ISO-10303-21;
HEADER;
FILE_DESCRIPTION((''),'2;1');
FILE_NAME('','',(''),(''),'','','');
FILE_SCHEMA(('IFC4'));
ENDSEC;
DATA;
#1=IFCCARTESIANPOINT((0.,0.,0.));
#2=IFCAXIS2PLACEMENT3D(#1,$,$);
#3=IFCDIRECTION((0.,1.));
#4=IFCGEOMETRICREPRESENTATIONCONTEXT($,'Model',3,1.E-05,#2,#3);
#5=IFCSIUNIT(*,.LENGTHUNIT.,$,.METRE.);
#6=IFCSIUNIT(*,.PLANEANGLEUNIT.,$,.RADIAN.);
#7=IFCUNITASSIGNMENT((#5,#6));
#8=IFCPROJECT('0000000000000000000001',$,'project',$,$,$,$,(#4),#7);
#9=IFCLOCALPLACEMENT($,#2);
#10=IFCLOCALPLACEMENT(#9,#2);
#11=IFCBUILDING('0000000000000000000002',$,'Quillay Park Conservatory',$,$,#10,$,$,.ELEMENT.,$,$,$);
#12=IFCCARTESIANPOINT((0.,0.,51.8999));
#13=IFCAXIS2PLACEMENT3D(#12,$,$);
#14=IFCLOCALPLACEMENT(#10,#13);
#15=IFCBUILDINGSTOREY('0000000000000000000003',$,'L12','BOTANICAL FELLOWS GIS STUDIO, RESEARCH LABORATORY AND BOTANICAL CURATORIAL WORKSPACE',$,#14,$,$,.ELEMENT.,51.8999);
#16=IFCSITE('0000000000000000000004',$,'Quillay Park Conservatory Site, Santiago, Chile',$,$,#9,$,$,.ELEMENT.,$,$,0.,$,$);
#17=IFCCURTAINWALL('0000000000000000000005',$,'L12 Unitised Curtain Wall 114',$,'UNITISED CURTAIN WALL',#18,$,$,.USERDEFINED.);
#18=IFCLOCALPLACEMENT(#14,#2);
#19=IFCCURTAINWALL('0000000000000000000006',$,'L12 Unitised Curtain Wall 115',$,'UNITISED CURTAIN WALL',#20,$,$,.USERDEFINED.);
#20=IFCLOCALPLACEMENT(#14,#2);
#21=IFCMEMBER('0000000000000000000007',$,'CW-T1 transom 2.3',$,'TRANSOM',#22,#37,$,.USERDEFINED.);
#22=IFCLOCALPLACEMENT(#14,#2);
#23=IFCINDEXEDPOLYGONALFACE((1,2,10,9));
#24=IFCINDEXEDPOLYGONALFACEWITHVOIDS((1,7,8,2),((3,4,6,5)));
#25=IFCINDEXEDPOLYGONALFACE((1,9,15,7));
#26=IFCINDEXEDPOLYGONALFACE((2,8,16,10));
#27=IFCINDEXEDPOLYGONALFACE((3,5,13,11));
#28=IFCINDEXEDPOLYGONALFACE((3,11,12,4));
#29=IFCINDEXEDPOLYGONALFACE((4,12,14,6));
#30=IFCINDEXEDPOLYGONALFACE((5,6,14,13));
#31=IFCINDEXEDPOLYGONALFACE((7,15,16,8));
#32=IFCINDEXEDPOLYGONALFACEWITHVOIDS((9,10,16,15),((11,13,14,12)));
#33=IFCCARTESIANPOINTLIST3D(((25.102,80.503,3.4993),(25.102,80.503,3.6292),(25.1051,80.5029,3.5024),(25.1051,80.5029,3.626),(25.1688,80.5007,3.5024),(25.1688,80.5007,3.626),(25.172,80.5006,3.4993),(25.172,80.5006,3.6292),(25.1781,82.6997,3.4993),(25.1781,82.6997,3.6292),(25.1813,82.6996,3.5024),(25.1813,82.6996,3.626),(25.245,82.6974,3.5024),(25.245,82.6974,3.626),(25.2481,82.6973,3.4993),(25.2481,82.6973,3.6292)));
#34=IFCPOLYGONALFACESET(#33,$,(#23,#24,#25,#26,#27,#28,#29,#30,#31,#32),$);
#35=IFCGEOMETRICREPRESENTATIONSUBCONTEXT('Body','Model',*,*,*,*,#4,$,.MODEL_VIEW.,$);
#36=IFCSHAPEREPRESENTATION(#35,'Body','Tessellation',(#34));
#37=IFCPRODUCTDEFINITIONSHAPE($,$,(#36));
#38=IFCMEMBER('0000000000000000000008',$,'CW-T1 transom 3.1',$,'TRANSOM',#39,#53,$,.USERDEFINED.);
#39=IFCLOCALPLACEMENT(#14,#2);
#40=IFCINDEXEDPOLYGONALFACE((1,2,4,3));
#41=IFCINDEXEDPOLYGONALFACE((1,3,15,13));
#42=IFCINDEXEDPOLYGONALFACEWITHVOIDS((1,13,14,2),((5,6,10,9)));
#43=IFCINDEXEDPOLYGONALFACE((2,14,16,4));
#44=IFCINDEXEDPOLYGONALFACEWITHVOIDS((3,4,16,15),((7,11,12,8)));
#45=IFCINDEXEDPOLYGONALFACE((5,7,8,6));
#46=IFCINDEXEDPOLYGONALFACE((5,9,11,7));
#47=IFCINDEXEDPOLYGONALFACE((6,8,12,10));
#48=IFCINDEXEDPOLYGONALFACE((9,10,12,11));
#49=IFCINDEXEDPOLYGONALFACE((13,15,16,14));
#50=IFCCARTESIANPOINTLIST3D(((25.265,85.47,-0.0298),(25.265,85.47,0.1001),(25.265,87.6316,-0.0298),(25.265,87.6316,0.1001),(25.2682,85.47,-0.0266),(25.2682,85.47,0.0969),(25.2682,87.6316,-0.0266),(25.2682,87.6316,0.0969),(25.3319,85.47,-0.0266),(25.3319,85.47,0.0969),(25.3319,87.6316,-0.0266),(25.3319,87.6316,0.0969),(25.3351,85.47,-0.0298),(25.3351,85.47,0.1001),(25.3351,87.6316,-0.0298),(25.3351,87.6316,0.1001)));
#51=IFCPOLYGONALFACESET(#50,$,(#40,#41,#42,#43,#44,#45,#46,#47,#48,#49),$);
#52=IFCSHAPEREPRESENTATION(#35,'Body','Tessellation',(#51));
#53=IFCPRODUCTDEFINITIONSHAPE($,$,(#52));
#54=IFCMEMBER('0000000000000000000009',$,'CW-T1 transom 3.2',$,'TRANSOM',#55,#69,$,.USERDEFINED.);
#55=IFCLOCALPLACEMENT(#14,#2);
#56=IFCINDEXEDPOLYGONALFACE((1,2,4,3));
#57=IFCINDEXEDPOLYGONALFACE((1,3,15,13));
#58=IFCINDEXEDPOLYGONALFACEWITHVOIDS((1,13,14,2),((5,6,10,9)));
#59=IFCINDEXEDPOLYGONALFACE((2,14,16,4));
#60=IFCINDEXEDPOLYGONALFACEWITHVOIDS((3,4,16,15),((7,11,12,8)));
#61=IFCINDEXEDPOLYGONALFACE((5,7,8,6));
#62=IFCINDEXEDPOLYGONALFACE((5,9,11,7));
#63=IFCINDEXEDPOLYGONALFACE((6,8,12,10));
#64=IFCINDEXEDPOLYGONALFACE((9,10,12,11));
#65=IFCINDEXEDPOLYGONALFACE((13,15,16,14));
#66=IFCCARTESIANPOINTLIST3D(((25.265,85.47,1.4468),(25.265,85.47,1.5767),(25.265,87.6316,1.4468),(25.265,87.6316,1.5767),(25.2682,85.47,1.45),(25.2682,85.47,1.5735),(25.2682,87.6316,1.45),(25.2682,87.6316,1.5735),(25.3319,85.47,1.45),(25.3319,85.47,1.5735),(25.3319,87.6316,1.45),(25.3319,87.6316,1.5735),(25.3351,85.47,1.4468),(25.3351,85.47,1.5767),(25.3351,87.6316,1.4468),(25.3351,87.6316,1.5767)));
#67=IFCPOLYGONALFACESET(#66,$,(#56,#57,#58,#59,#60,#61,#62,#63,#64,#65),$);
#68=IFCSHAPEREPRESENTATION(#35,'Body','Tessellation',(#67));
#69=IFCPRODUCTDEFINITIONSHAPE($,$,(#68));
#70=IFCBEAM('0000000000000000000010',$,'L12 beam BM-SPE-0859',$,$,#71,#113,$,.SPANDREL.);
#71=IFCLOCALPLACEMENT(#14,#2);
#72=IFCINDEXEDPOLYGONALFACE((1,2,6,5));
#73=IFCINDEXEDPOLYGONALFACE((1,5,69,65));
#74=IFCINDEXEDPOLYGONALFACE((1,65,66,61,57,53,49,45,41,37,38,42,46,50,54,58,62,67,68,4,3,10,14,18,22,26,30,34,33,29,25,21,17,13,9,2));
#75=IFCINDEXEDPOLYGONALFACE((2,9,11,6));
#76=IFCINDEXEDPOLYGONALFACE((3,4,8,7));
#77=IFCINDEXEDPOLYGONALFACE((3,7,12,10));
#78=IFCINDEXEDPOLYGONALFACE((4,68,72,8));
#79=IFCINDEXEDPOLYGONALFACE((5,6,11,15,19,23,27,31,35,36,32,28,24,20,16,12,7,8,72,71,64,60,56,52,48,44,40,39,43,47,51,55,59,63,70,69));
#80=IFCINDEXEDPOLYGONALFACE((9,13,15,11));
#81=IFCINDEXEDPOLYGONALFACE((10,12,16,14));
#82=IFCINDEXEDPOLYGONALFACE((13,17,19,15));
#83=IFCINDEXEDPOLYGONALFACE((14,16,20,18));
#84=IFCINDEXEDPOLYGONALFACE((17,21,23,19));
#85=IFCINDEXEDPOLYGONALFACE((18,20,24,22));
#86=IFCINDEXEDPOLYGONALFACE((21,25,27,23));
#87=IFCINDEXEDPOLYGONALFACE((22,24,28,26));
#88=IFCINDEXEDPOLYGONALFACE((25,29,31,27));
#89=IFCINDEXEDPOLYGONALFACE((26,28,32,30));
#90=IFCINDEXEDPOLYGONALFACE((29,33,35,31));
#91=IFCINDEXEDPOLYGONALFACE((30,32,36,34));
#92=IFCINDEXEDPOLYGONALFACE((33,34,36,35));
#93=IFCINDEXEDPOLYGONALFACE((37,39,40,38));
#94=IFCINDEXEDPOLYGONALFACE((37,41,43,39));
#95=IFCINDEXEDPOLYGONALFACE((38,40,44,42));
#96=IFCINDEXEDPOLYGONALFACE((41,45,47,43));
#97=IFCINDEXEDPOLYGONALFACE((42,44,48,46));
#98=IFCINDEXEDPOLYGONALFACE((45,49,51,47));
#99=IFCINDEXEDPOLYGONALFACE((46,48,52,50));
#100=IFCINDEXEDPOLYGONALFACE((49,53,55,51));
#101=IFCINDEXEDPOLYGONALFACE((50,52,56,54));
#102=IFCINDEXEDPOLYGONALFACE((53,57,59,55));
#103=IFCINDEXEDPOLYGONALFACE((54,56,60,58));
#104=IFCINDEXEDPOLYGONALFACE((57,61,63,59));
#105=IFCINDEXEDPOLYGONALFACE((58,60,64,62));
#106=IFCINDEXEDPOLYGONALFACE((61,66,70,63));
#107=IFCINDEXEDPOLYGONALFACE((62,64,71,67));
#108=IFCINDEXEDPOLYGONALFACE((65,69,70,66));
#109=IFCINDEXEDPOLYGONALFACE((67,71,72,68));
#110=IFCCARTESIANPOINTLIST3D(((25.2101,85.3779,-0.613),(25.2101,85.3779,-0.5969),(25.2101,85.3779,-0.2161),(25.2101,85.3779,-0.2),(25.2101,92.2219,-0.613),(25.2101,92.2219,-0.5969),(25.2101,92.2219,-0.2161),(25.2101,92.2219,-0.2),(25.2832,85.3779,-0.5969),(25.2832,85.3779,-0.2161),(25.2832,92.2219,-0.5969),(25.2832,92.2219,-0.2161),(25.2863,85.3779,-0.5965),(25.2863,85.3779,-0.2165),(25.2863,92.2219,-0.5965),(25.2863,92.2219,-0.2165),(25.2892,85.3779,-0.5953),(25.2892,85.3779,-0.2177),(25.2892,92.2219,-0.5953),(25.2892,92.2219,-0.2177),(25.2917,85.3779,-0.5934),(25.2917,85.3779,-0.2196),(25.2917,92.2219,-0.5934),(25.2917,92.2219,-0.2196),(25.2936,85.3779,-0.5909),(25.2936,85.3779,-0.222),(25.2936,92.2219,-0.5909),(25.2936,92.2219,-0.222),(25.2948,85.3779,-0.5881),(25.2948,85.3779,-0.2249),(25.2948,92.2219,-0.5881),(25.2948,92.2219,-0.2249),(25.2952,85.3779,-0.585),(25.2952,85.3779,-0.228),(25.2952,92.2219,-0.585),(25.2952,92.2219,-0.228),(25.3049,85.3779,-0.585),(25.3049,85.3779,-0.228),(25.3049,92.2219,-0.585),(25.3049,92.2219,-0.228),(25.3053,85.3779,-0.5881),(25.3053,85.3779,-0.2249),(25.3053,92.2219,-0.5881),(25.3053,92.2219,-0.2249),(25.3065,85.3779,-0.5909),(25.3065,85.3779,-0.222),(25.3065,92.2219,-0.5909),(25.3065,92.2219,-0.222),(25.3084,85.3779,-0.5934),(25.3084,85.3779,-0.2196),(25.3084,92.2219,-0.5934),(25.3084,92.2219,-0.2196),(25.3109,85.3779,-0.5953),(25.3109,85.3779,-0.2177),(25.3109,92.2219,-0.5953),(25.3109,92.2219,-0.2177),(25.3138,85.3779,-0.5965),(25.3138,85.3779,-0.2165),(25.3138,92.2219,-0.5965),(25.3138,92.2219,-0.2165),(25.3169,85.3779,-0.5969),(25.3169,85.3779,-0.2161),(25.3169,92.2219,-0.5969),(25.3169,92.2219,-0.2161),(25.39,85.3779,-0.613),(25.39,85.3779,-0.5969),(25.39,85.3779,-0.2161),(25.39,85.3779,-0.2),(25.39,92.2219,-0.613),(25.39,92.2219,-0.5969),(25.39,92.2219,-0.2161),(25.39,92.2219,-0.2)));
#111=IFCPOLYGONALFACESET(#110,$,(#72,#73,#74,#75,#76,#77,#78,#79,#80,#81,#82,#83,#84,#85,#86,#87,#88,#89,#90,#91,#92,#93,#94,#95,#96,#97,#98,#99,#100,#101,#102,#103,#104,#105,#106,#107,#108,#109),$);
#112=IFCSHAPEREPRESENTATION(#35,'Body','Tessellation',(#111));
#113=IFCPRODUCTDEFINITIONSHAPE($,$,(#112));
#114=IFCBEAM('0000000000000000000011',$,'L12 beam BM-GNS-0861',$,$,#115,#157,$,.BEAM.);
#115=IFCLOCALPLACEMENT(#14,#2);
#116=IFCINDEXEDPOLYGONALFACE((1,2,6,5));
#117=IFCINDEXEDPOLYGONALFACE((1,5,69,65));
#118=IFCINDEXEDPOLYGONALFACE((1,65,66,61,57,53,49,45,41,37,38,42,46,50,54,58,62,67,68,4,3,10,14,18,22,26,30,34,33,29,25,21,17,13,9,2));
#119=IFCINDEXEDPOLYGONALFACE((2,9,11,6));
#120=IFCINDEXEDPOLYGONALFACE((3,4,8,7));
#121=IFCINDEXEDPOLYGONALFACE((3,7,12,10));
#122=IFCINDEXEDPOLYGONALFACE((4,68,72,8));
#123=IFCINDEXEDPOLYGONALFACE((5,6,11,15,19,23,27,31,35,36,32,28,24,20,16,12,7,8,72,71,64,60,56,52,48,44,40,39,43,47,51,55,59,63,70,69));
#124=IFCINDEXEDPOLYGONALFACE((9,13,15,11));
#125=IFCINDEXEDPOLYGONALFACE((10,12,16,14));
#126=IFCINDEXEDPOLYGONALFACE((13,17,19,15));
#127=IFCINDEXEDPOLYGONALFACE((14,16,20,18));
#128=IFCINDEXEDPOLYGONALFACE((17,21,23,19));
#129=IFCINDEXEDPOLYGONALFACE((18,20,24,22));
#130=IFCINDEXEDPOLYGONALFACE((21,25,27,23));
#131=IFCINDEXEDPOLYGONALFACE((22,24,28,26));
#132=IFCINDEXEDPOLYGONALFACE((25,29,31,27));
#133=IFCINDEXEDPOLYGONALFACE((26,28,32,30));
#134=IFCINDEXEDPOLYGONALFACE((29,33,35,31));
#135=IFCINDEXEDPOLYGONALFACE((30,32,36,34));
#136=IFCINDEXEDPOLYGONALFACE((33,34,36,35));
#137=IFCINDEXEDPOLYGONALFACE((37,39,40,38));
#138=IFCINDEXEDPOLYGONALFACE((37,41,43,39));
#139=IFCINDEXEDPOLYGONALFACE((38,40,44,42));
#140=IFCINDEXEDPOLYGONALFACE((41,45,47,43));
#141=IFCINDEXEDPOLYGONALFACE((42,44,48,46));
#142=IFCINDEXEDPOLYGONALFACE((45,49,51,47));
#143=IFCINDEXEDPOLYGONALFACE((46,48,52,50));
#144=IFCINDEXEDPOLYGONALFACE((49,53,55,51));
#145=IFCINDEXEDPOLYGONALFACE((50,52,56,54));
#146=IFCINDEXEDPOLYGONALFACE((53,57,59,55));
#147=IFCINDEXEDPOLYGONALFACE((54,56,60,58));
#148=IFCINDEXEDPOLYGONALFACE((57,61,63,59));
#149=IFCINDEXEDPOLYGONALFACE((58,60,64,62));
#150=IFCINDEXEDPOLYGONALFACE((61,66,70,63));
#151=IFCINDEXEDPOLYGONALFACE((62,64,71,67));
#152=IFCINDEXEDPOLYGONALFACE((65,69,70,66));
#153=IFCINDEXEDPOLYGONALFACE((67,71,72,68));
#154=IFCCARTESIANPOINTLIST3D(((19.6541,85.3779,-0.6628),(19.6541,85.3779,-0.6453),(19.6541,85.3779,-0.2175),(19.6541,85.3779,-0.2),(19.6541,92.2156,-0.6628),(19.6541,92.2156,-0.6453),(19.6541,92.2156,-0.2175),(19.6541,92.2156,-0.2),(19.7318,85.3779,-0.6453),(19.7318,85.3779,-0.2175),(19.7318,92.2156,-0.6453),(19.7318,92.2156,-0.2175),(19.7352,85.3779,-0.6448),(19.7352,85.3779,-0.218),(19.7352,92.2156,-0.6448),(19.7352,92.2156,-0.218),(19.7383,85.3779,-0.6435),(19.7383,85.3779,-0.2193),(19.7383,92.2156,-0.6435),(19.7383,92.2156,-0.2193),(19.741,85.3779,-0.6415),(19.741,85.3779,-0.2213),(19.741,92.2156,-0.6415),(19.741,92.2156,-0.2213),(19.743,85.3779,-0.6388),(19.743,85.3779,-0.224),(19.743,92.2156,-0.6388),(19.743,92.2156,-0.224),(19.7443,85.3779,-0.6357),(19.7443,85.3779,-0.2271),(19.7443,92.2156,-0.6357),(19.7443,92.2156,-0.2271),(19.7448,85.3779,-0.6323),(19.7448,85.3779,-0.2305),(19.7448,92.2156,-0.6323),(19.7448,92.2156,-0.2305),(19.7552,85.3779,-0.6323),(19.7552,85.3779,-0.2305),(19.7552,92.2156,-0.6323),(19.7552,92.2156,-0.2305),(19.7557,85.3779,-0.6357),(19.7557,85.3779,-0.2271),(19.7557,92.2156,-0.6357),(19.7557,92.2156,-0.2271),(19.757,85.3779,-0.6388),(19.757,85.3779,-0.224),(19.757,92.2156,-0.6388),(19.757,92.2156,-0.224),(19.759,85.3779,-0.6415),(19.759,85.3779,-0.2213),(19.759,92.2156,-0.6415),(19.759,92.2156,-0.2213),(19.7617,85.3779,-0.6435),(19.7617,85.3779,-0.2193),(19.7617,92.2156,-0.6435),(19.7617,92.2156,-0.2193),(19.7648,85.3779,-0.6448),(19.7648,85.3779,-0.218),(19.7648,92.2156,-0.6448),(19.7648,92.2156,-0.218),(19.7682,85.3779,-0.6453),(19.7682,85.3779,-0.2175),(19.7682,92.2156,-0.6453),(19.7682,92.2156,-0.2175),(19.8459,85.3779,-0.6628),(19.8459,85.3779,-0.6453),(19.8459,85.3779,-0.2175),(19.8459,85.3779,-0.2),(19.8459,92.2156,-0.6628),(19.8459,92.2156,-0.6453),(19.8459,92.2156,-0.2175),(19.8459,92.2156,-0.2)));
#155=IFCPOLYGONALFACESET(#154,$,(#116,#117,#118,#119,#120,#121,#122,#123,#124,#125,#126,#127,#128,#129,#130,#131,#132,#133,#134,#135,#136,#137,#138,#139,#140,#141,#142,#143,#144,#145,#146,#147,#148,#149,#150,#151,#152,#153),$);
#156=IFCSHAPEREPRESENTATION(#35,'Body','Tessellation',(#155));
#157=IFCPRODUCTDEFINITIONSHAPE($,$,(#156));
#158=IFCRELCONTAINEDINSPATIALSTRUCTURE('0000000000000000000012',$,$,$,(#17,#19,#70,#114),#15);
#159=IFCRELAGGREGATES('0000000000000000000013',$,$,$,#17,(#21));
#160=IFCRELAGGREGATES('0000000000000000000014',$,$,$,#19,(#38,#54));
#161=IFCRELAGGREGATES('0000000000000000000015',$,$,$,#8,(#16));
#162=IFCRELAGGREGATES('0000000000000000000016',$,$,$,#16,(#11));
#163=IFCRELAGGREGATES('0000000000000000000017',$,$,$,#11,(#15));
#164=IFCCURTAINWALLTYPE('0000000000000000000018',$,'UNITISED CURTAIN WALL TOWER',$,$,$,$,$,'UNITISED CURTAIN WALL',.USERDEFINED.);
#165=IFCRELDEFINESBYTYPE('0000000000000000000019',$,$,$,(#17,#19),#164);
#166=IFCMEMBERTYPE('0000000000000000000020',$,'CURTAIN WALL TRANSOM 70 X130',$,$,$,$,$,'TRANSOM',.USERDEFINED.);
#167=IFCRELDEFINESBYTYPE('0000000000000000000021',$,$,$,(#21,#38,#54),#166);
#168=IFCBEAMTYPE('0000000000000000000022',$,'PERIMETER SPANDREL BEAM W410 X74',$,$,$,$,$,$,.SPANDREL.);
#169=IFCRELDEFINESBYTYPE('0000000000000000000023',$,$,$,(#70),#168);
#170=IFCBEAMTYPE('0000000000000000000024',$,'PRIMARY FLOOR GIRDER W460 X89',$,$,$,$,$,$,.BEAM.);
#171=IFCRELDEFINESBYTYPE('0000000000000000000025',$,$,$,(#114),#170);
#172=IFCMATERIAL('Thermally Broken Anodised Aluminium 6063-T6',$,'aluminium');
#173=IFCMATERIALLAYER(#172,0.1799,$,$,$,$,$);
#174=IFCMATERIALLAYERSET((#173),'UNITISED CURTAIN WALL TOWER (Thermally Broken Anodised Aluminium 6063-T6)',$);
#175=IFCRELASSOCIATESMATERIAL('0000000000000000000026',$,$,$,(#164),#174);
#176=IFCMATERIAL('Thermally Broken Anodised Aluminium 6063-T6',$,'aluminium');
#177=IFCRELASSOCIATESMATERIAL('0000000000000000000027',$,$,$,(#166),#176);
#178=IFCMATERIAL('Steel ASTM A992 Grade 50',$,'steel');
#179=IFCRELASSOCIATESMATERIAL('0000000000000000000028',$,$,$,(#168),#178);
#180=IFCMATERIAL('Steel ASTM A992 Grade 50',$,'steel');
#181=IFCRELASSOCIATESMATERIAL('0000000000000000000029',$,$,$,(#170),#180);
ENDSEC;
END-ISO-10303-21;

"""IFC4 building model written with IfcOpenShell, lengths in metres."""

from ifc_helpers import new_model, si_unit, direction, frame, origin, origin_2d, place, context, subcontext, project, spatial, hollow_rectangle, i_section, extrude, material, layer, layer_set, material_profile, profile_set, type_object, element, aggregate, save


model = new_model("IFC4")

# Units and contexts
model_context = context("Model", 3, precision=1e-05, world=origin(), true_north=direction((0.0, 1.0)))
body_context = subcontext(model_context, "Body", "Model", "MODEL_VIEW")
ifc_project = project(units=[si_unit("LENGTHUNIT", "METRE"), si_unit("PLANEANGLEUNIT", "RADIAN")], contexts=[model_context])

# Site, building, storey
site_placement = place(None, origin())
site = spatial("IfcSite", under=ifc_project, at=site_placement, Name="Quillay Park Conservatory Site, Santiago, Chile", CompositionType="ELEMENT", RefElevation=0.0)
building_placement = place(site_placement, origin())
building = spatial("IfcBuilding", under=site, at=building_placement, Name="Quillay Park Conservatory", CompositionType="ELEMENT")
storey_placement = place(building_placement, frame((0.0, 0.0, 51.8999)))
storey = spatial("IfcBuildingStorey", under=building, at=storey_placement, Name="L12", Description="BOTANICAL FELLOWS GIS STUDIO, RESEARCH LABORATORY AND BOTANICAL CURATORIAL WORKSPACE", CompositionType="ELEMENT", Elevation=51.8999)

# Curtain wall
ifc_material_1 = material(Name="Thermally Broken Anodised Aluminium 6063-T6", Category="aluminium")
ifc_layer_1 = layer(ifc_material_1, 0.1799)
ifc_layer_set_1 = layer_set([ifc_layer_1], Name="UNITISED CURTAIN WALL TOWER (Thermally Broken Anodised Aluminium 6063-T6)")
curtain_wall_type = type_object("IfcCurtainWallType", Name="UNITISED CURTAIN WALL TOWER", ElementType="UNITISED CURTAIN WALL", PredefinedType="USERDEFINED", material=ifc_layer_set_1)
curtain_wall_1_placement = place(storey_placement, origin())
curtain_wall_1 = element("IfcCurtainWall", 1, at=curtain_wall_1_placement, inside=storey, type_object=curtain_wall_type, Name="L12 Unitised Curtain Wall 114", ObjectType="UNITISED CURTAIN WALL", PredefinedType="USERDEFINED")

# Curtain wall
curtain_wall_2_placement = place(storey_placement, origin())
curtain_wall_2 = element("IfcCurtainWall", 2, at=curtain_wall_2_placement, inside=storey, type_object=curtain_wall_type, Name="L12 Unitised Curtain Wall 115", ObjectType="UNITISED CURTAIN WALL", PredefinedType="USERDEFINED")

# Members
ifc_material_2 = material(Name="Thermally Broken Anodised Aluminium 6063-T6", Category="aluminium")
ifc_material_profile_1 = material_profile(ifc_material_2, hollow_rectangle(XDim=0.0701, YDim=0.1299, WallThickness=0.0032, at=origin_2d()), Name="AL70x130x3.2")
ifc_profile_set_1 = profile_set([ifc_material_profile_1], Name="Thermally Broken Anodised Aluminium 6063-T6")
member_type_1 = type_object("IfcMemberType", Name="CURTAIN WALL TRANSOM 70 X130", ElementType="TRANSOM", PredefinedType="USERDEFINED", material=ifc_profile_set_1)
member_1_placement = place(storey_placement, frame((25.2131, 82.6985, 3.5642), z_axis=(-0.034654, -0.999399, 0.0), x_axis=(0.999399, -0.034654, 0.0)))
member_1 = element("IfcMember", 3, at=member_1_placement, type_object=member_type_1, Name="CW-T1 transom 2.3", ObjectType="TRANSOM", PredefinedType="USERDEFINED", context=body_context, shape_type="SweptSolid", body=[
    extrude(hollow_rectangle(XDim=0.0701, YDim=0.1299, WallThickness=0.0032, at=origin_2d()), origin(), (0.0, 0.0, 1.0), 2.198),
])
member_2_placement = place(storey_placement, frame((25.3, 87.6316, 0.0352), z_axis=(0.0, -1.0, 0.0), x_axis=(1.0, 0.0, 0.0)))
member_2 = element("IfcMember", 4, at=member_2_placement, type_object=member_type_1, Name="CW-T1 transom 3.1", ObjectType="TRANSOM", PredefinedType="USERDEFINED", context=body_context, shape_type="SweptSolid", body=[
    extrude(hollow_rectangle(XDim=0.0701, YDim=0.1299, WallThickness=0.0032, at=origin_2d()), origin(), (0.0, 0.0, 1.0), 2.1616),
])
member_3_placement = place(storey_placement, frame((25.3, 87.6316, 1.5117), z_axis=(0.0, -1.0, 0.0), x_axis=(1.0, 0.0, 0.0)))
member_3 = element("IfcMember", 5, at=member_3_placement, type_object=member_type_1, Name="CW-T1 transom 3.2", ObjectType="TRANSOM", PredefinedType="USERDEFINED", context=body_context, shape_type="SweptSolid", body=[
    extrude(hollow_rectangle(XDim=0.0701, YDim=0.1299, WallThickness=0.0032, at=origin_2d()), origin(), (0.0, 0.0, 1.0), 2.1616),
])

# Beams
ifc_material_3 = material(Name="Steel ASTM A992 Grade 50", Category="steel")
ifc_material_profile_2 = material_profile(ifc_material_3, i_section(OverallWidth=0.1799, OverallDepth=0.4131, WebThickness=0.0098, FlangeThickness=0.0161, FilletRadius=0.012, at=origin_2d()), Name="W410x74")
ifc_profile_set_2 = profile_set([ifc_material_profile_2], Name="Steel ASTM A992 Grade 50")
beam_type_1 = type_object("IfcBeamType", Name="PERIMETER SPANDREL BEAM W410 X74", PredefinedType="SPANDREL", material=ifc_profile_set_2)
beam_1_placement = place(storey_placement, frame((25.3, 85.3779, -0.4065), z_axis=(0.0, 1.0, 0.0), x_axis=(-1.0, 0.0, 0.0)))
element("IfcBeam", 6, at=beam_1_placement, inside=storey, type_object=beam_type_1, Name="L12 beam BM-SPE-0859", PredefinedType="SPANDREL", context=body_context, shape_type="SweptSolid", body=[
    extrude(i_section(OverallWidth=0.1799, OverallDepth=0.4131, WebThickness=0.0098, FlangeThickness=0.0161, FilletRadius=0.012, at=origin_2d()), origin(), (0.0, 0.0, 1.0), 6.844),
])
ifc_material_4 = material(Name="Steel ASTM A992 Grade 50", Category="steel")
ifc_material_profile_3 = material_profile(ifc_material_4, i_section(OverallWidth=0.1919, OverallDepth=0.4629, WebThickness=0.0105, FlangeThickness=0.0176, FilletRadius=0.0129, at=origin_2d()), Name="W460x89")
ifc_profile_set_3 = profile_set([ifc_material_profile_3], Name="Steel ASTM A992 Grade 50")
beam_type_2 = type_object("IfcBeamType", Name="PRIMARY FLOOR GIRDER W460 X89", PredefinedType="BEAM", material=ifc_profile_set_3)
beam_2_placement = place(storey_placement, frame((19.75, 85.3779, -0.4314), z_axis=(0.0, 1.0, 0.0), x_axis=(-1.0, 0.0, 0.0)))
element("IfcBeam", 7, at=beam_2_placement, inside=storey, type_object=beam_type_2, Name="L12 beam BM-GNS-0861", PredefinedType="BEAM", context=body_context, shape_type="SweptSolid", body=[
    extrude(i_section(OverallWidth=0.1919, OverallDepth=0.4629, WebThickness=0.0105, FlangeThickness=0.0176, FilletRadius=0.0129, at=origin_2d()), origin(), (0.0, 0.0, 1.0), 6.8376),
])

aggregate(curtain_wall_1, [member_1])
aggregate(curtain_wall_2, [member_2, member_3])

save(model, "model.ifc")
